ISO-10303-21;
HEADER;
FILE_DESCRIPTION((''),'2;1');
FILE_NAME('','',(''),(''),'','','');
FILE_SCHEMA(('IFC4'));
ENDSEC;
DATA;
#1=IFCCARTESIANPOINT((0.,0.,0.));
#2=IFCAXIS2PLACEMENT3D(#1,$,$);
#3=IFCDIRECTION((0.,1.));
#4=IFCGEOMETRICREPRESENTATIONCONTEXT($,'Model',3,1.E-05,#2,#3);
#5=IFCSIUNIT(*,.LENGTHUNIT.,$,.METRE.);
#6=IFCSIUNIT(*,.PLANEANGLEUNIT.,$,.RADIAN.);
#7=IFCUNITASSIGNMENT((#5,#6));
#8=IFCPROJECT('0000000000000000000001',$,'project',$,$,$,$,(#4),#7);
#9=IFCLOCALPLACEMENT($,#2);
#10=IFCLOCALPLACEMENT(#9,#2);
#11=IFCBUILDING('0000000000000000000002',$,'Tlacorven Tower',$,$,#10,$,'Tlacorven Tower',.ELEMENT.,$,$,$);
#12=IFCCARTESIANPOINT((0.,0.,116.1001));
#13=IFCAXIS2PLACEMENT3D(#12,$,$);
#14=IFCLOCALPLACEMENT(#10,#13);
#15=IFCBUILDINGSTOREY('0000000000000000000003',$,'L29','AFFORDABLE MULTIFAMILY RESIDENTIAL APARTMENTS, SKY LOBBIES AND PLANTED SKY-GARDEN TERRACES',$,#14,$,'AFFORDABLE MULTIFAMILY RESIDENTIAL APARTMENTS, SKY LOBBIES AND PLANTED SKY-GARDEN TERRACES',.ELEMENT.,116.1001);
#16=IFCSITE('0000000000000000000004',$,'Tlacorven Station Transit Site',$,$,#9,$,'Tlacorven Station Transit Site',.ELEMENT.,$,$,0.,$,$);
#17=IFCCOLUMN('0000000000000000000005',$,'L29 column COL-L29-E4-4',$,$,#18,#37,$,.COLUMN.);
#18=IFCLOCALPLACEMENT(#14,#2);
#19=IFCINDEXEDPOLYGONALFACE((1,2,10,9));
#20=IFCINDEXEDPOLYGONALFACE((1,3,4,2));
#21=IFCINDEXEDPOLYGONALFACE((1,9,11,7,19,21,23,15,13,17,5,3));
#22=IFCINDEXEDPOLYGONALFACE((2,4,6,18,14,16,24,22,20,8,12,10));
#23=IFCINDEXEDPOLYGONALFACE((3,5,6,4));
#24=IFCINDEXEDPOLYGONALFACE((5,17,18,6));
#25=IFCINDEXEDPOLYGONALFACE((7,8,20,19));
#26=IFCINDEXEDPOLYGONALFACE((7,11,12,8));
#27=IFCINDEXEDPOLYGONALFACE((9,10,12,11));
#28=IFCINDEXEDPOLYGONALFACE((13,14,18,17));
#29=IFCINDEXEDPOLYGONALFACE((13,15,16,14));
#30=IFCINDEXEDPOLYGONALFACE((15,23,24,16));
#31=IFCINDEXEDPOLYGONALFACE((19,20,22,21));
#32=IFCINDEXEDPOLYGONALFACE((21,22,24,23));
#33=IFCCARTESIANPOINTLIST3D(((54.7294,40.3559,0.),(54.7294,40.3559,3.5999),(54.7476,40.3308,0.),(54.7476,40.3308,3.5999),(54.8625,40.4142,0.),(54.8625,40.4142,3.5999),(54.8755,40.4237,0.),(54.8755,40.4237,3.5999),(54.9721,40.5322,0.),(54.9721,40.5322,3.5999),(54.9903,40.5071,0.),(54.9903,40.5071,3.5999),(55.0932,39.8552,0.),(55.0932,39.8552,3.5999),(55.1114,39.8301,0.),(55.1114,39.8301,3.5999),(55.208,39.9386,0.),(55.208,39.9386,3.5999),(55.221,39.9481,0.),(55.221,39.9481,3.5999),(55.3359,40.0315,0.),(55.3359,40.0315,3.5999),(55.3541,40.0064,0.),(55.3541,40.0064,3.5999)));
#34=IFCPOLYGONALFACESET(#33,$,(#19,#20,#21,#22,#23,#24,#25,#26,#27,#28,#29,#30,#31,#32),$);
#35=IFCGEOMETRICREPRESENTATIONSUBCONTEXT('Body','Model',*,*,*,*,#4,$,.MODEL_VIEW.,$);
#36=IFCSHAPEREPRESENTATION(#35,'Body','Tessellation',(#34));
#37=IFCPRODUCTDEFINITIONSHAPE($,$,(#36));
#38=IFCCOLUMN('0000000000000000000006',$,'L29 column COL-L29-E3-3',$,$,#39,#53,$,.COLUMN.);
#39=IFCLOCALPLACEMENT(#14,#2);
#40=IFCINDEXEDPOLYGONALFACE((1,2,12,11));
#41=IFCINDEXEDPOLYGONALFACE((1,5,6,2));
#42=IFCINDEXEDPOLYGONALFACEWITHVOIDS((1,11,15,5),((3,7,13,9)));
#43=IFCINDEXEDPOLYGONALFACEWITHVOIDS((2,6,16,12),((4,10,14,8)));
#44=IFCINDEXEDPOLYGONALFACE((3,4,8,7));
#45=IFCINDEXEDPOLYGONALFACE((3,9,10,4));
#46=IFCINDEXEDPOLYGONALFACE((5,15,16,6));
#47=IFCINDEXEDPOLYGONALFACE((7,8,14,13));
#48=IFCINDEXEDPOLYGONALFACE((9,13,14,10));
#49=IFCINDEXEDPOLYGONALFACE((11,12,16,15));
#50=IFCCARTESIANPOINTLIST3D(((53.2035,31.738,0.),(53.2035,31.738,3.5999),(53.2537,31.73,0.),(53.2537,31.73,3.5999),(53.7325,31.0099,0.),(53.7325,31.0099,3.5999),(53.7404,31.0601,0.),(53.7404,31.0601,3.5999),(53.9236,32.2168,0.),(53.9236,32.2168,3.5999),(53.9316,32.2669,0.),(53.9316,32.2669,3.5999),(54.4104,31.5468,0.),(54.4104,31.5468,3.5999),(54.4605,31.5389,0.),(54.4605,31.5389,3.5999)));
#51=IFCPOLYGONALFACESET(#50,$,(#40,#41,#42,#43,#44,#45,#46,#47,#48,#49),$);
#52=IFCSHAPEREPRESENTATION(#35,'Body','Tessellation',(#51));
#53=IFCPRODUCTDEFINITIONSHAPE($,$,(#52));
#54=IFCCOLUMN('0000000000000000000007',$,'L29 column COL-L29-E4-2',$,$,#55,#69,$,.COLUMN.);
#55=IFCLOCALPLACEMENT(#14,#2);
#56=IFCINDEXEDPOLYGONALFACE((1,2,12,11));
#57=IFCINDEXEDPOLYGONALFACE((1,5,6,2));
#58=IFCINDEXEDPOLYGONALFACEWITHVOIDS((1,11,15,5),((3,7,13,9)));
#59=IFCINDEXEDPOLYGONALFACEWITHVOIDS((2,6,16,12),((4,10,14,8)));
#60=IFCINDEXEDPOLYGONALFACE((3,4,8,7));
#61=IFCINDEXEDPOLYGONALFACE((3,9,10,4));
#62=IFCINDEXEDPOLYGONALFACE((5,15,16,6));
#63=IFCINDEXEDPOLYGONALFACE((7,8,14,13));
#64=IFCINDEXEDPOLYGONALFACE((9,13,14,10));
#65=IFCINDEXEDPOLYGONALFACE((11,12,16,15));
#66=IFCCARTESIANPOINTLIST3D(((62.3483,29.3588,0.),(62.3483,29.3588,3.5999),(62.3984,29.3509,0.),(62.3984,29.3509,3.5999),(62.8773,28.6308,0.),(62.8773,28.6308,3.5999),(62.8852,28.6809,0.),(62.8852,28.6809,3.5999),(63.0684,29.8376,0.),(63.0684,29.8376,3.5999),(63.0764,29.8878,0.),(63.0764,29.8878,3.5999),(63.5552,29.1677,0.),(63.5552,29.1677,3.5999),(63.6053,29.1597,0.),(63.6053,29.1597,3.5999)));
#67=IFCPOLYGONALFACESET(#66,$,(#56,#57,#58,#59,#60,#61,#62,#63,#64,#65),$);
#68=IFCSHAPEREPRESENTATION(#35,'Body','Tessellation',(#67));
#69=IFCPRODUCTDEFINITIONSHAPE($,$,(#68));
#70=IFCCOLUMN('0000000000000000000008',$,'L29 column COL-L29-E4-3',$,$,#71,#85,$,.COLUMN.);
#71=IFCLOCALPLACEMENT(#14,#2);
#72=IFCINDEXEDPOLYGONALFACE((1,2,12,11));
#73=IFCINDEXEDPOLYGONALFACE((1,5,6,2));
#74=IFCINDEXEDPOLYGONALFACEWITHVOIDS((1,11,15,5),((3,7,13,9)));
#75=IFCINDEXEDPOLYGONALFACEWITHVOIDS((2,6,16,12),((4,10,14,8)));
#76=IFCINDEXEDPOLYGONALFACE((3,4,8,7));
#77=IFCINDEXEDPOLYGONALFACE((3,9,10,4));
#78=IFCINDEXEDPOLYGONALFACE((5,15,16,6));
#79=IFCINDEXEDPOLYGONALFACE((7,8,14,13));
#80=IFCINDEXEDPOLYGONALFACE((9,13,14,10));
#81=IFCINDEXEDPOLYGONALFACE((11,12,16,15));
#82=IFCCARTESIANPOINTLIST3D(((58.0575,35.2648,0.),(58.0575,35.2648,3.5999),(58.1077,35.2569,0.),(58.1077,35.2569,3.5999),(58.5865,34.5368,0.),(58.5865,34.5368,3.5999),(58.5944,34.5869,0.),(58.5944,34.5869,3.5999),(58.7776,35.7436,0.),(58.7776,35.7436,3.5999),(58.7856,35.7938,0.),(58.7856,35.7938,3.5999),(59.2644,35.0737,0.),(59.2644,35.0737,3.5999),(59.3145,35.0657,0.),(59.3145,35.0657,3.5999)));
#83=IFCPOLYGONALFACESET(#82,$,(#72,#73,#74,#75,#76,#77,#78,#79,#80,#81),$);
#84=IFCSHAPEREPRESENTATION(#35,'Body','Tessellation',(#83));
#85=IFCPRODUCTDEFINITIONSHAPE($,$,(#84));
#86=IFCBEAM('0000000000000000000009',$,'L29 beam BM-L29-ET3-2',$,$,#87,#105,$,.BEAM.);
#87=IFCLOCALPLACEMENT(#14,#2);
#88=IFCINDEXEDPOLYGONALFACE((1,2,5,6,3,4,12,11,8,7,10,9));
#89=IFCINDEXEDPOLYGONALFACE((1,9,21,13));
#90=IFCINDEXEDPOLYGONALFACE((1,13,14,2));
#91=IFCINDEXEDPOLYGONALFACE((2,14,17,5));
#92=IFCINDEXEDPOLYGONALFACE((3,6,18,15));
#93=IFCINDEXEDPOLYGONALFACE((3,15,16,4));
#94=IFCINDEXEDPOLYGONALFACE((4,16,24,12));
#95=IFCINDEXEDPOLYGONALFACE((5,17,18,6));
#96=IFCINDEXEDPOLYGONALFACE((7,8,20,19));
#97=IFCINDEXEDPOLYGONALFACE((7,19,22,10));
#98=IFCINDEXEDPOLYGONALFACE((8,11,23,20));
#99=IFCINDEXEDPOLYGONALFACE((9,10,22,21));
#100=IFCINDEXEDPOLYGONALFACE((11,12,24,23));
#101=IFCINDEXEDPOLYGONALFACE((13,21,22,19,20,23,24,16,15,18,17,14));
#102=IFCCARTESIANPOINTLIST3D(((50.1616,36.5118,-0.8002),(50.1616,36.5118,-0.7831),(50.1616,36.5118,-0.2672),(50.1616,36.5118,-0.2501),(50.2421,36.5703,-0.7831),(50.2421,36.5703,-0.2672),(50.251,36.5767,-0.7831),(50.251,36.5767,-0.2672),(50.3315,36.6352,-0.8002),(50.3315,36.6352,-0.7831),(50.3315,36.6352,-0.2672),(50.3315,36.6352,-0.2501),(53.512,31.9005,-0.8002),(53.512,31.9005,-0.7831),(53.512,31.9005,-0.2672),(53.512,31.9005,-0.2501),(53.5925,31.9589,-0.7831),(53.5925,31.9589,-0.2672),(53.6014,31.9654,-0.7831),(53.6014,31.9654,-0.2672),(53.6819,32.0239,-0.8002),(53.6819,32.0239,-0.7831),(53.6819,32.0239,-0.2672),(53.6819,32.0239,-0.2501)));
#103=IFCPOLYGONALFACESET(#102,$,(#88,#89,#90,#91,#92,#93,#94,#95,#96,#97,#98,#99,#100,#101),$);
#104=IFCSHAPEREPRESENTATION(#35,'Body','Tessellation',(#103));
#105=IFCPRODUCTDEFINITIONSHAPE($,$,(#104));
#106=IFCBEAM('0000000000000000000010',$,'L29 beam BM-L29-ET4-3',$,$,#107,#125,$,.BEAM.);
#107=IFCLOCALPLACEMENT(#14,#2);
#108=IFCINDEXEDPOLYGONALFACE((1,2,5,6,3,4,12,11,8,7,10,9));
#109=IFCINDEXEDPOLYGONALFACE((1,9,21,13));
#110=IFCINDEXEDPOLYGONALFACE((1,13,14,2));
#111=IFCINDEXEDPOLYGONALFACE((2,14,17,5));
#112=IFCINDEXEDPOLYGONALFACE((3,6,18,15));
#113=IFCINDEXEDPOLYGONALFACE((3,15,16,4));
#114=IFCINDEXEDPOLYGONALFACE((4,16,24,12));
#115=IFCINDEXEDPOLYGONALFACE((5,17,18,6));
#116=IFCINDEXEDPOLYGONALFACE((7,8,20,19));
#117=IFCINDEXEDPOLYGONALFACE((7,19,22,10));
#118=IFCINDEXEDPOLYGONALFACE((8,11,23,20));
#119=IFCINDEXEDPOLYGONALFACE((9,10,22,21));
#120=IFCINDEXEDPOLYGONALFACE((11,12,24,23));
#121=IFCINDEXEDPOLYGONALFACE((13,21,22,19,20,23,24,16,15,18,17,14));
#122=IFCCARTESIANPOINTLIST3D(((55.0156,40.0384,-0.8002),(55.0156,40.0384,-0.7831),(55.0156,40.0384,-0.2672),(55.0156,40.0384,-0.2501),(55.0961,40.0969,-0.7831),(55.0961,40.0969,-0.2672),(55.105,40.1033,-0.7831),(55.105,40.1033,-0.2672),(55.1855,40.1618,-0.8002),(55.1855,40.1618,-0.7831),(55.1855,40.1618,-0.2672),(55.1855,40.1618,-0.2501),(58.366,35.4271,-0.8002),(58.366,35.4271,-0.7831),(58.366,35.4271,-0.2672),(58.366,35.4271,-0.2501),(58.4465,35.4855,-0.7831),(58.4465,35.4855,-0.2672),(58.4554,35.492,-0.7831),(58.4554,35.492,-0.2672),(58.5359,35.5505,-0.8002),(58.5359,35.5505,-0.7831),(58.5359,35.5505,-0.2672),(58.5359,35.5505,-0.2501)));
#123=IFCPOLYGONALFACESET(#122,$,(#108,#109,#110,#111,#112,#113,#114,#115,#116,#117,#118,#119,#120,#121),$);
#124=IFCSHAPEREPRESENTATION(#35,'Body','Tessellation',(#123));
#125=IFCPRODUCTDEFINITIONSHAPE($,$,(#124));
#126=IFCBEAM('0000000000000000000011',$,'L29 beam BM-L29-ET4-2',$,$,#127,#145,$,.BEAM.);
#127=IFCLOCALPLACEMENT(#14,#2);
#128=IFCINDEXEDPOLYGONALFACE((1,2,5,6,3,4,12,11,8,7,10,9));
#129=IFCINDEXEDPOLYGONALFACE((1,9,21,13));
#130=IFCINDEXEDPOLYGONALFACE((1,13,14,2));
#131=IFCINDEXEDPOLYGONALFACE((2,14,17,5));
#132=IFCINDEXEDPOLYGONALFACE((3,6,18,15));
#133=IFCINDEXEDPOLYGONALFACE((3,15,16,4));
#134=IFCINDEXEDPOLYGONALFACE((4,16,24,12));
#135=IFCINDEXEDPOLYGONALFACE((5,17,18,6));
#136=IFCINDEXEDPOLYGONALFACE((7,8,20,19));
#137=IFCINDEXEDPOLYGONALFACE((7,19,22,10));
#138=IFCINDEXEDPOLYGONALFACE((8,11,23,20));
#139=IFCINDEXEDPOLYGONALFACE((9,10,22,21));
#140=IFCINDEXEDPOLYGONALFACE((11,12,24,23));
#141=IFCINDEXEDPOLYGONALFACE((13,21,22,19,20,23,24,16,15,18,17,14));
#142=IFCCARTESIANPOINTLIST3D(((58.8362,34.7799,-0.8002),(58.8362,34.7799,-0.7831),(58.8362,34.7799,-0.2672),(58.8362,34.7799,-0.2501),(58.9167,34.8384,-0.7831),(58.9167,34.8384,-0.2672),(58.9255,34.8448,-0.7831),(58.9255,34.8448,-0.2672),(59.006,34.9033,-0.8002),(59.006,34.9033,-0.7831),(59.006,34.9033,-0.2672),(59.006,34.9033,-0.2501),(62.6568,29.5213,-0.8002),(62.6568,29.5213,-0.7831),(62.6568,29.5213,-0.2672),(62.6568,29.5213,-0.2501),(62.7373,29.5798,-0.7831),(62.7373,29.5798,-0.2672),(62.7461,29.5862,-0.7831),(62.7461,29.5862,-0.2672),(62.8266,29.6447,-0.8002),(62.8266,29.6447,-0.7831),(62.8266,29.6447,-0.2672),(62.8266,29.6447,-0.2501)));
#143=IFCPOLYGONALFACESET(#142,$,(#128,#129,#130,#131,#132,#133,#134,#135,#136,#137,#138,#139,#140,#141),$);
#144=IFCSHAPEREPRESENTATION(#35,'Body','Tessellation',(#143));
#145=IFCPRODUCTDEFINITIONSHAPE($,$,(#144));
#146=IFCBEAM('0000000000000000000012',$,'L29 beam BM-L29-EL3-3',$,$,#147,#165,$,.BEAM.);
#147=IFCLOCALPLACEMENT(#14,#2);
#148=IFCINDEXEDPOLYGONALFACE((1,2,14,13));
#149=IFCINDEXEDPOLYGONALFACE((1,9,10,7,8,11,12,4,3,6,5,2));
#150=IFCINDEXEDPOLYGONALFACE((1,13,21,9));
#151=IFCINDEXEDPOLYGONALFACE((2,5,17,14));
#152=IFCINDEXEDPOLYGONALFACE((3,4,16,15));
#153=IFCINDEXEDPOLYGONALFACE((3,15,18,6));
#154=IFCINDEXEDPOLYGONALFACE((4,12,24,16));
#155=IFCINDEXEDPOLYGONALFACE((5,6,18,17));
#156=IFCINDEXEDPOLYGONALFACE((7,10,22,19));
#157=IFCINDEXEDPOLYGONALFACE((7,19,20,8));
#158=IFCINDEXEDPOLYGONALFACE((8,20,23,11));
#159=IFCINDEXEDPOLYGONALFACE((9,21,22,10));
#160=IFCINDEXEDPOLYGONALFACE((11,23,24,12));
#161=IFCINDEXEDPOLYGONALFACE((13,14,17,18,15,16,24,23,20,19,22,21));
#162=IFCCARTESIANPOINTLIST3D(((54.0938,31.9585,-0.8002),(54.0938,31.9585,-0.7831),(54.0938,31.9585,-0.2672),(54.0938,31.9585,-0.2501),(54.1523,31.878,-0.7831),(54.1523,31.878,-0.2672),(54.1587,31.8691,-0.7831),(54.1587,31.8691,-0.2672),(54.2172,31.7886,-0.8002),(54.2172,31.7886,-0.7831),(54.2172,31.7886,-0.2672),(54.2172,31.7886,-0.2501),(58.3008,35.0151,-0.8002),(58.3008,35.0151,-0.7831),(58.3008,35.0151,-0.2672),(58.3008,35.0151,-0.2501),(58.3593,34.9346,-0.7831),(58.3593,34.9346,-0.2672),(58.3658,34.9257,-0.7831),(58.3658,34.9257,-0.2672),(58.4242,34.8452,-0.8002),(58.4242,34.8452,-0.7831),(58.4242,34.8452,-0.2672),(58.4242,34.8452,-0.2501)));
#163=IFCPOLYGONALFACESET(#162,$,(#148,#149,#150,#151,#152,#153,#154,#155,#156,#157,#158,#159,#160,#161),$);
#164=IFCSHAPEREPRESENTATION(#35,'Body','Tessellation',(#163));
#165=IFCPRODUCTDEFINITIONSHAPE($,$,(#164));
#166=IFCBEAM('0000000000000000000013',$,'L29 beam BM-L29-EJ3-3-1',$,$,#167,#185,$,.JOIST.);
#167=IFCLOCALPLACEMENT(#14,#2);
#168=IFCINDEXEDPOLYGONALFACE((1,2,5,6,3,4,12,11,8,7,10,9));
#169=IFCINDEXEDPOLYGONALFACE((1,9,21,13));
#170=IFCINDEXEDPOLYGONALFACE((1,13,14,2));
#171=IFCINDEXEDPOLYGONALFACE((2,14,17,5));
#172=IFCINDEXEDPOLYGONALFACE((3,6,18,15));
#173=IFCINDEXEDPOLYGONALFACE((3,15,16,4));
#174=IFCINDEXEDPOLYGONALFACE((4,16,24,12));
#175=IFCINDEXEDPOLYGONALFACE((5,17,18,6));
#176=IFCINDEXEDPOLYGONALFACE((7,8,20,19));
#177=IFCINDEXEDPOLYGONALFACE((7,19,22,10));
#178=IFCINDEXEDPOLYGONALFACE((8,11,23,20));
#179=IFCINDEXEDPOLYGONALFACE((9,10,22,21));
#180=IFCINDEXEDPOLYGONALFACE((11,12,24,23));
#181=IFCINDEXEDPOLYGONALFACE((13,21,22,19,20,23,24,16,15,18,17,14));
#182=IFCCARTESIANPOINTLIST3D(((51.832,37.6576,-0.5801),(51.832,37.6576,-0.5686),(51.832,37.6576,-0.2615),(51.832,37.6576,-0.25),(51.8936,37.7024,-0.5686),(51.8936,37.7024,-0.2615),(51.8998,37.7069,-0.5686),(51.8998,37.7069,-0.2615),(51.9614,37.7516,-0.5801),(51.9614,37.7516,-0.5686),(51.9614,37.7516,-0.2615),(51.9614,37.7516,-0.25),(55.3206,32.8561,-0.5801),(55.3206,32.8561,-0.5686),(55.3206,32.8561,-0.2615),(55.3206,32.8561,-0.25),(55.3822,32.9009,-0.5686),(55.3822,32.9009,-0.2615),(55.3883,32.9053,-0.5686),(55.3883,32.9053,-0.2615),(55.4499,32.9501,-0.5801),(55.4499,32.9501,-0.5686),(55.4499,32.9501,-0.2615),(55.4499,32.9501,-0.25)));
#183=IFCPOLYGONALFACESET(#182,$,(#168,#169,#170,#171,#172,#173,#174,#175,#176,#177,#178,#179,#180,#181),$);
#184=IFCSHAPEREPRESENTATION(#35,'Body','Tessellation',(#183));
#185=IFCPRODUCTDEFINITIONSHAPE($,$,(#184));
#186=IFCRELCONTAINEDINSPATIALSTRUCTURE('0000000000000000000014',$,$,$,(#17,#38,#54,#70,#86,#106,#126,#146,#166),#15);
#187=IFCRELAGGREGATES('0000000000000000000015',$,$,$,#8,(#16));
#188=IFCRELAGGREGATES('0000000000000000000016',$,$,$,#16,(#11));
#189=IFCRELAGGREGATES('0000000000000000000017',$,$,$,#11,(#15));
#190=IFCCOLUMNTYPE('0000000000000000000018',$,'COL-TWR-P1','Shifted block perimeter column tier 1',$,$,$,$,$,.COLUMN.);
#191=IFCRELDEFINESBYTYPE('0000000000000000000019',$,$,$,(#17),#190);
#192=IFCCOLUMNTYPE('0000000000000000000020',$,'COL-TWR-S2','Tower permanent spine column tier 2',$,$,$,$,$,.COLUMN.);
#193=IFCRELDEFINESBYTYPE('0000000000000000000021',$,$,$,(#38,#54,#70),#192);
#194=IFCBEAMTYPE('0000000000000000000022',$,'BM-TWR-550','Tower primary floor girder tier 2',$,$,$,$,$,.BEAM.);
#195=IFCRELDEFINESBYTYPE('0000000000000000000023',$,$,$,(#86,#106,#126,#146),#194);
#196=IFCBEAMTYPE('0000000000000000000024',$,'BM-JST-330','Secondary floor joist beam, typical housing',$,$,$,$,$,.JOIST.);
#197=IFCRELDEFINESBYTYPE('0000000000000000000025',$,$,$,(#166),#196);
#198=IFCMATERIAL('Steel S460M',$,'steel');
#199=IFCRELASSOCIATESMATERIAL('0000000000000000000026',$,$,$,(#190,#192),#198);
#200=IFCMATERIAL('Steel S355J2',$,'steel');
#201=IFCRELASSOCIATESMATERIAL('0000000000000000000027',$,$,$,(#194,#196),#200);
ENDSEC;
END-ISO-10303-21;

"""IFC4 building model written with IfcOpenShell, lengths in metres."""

from ifc_helpers import new_model, si_unit, direction, frame, origin, origin_2d, place, context, subcontext, project, spatial, hollow_rectangle, i_section, extrude, source, transform, mapped, material, material_profile, profile_set, type_object, element, save


model = new_model("IFC4")

# Units and contexts
model_context = context("Model", 3, precision=1e-05, world=origin(), true_north=direction((0.0, 1.0)))
body_context = subcontext(model_context, "Body", "Model", "MODEL_VIEW")
ifc_project = project(units=[si_unit("LENGTHUNIT", "METRE"), si_unit("PLANEANGLEUNIT", "RADIAN")], contexts=[model_context])

# Site, building, storey
site_placement = place(None, origin())
site = spatial("IfcSite", under=ifc_project, at=site_placement, Name="Tlacorven Station Transit Site", LongName="Tlacorven Station Transit Site", CompositionType="ELEMENT", RefElevation=0.0)
building_placement = place(site_placement, origin())
building = spatial("IfcBuilding", under=site, at=building_placement, Name="Tlacorven Tower", LongName="Tlacorven Tower", CompositionType="ELEMENT")
storey_placement = place(building_placement, frame((0.0, 0.0, 116.1001)))
storey = spatial("IfcBuildingStorey", under=building, at=storey_placement, Name="L29", Description="AFFORDABLE MULTIFAMILY RESIDENTIAL APARTMENTS, SKY LOBBIES AND PLANTED SKY-GARDEN TERRACES", LongName="AFFORDABLE MULTIFAMILY RESIDENTIAL APARTMENTS, SKY LOBBIES AND PLANTED SKY-GARDEN TERRACES", CompositionType="ELEMENT", Elevation=116.1001)

# Columns
ifc_material_1 = material(Name="Steel S460M", Category="steel")
ifc_material_profile_1 = material_profile(ifc_material_1, i_section(OverallWidth=0.3, OverallDepth=0.6499, WebThickness=0.0161, FlangeThickness=0.031, at=origin_2d()), Name="HEB 650")
ifc_profile_set_1 = profile_set([ifc_material_profile_1], Name="Steel S460M")
column_type_1 = type_object("IfcColumnType", Name="COL-TWR-P1", Description="Shifted block perimeter column tier 1", PredefinedType="COLUMN", material=ifc_profile_set_1)
shared_shape_1 = source(origin(), body_context, "Body", "SweptSolid", [
    extrude(i_section(OverallWidth=0.3, OverallDepth=0.6499, WebThickness=0.0161, FlangeThickness=0.031, at=origin_2d()), origin(), (0.0, 0.0, 1.0), 3.5999),
])
column_placement = place(storey_placement, frame((55.0417, 40.1812, 0.0), z_axis=(0.0, 0.0, 1.0), x_axis=(0.809017, 0.587785, 0.0)))
element("IfcColumn", 1, at=column_placement, inside=storey, type_object=column_type_1, Name="L29 column COL-L29-E4-4", PredefinedType="COLUMN", context=body_context, shape_type="MappedRepresentation", body=[
    mapped(shared_shape_1, transform((0.0, 0.0, 0.0), scale=1.0)),
])
ifc_material_profile_2 = material_profile(ifc_material_1, hollow_rectangle(XDim=0.8999, YDim=0.8999, WallThickness=0.0359, at=origin_2d()), Name="BOX 900X900X36")
ifc_profile_set_2 = profile_set([ifc_material_profile_2], Name="Steel S460M")
column_type_2 = type_object("IfcColumnType", Name="COL-TWR-S2", Description="Tower permanent spine column tier 2", PredefinedType="COLUMN", material=ifc_profile_set_2)
shared_shape_2 = source(origin(), body_context, "Body", "SweptSolid", [
    extrude(hollow_rectangle(XDim=0.8999, YDim=0.8999, WallThickness=0.0359, at=origin_2d()), origin(), (0.0, 0.0, 1.0), 3.5999),
])
for number, where, z_axis, x_axis, name in (
    (2, (53.832, 31.6384, 0.0), (0.0, 0.0, 1.0), (0.809017, 0.587785, 0.0), "L29 column COL-L29-E3-3"),
    (3, (62.9768, 29.2593, 0.0), (0.0, 0.0, 1.0), (0.809017, 0.587785, 0.0), "L29 column COL-L29-E4-2"),
    (4, (58.686, 35.1653, 0.0), (0.0, 0.0, 1.0), (0.809017, 0.587785, 0.0), "L29 column COL-L29-E4-3"),
):
    element("IfcColumn", number, at=place(storey_placement, frame(where, z_axis=z_axis, x_axis=x_axis)), inside=storey, type_object=column_type_2, Name=name, PredefinedType="COLUMN", context=body_context, shape_type="MappedRepresentation", body=[
        mapped(shared_shape_2, transform((0.0, 0.0, 0.0), scale=1.0)),
    ])

# Beams
ifc_material_2 = material(Name="Steel S355J2", Category="steel")
ifc_material_profile_3 = material_profile(ifc_material_2, i_section(OverallWidth=0.21, OverallDepth=0.55, WebThickness=0.011, FlangeThickness=0.0171, at=origin_2d()), Name="IPE 550")
ifc_profile_set_3 = profile_set([ifc_material_profile_3], Name="Steel S355J2")
beam_type_1 = type_object("IfcBeamType", Name="BM-TWR-550", Description="Tower primary floor girder tier 2", PredefinedType="BEAM", material=ifc_profile_set_3)
shared_shape_3 = source(origin(), body_context, "Body", "SweptSolid", [
    extrude(i_section(OverallWidth=0.21, OverallDepth=0.55, WebThickness=0.011, FlangeThickness=0.0171, at=origin_2d()), origin(), (0.0, 0.0, 1.0), 5.7),
])
for number, where, z_axis, x_axis, name in (
    (5, (53.5969, 31.9622, -0.5251), (-0.587787, 0.809016, 0.0), (-0.809016, -0.587787, 0.0), "L29 beam BM-L29-ET3-2"),
    (6, (58.4509, 35.4888, -0.5251), (-0.587787, 0.809016, 0.0), (-0.809016, -0.587787, 0.0), "L29 beam BM-L29-ET4-3"),
):
    element("IfcBeam", number, at=place(storey_placement, frame(where, z_axis=z_axis, x_axis=x_axis)), inside=storey, type_object=beam_type_1, Name=name, PredefinedType="BEAM", context=body_context, shape_type="MappedRepresentation", body=[
        mapped(shared_shape_3, transform((0.0, 0.0, 0.0), scale=1.0)),
    ])
shared_shape_4 = source(origin(), body_context, "Body", "SweptSolid", [
    extrude(i_section(OverallWidth=0.21, OverallDepth=0.55, WebThickness=0.011, FlangeThickness=0.0171, at=origin_2d()), origin(), (0.0, 0.0, 1.0), 6.5),
])
beam_1_placement = place(storey_placement, frame((62.7417, 29.583, -0.5251), z_axis=(-0.587785, 0.809017, 0.0), x_axis=(-0.809017, -0.587785, 0.0)))
element("IfcBeam", 7, at=beam_1_placement, inside=storey, type_object=beam_type_1, Name="L29 beam BM-L29-ET4-2", PredefinedType="BEAM", context=body_context, shape_type="MappedRepresentation", body=[
    mapped(shared_shape_4, transform((0.0, 0.0, 0.0), scale=1.0)),
])
shared_shape_5 = source(origin(), body_context, "Body", "SweptSolid", [
    extrude(i_section(OverallWidth=0.21, OverallDepth=0.55, WebThickness=0.011, FlangeThickness=0.0171, at=origin_2d()), origin(), (0.0, 0.0, 1.0), 5.2002),
])
beam_2_placement = place(storey_placement, frame((54.1555, 31.8735, -0.5251), z_axis=(0.809012, 0.587792, 0.0), x_axis=(-0.587792, 0.809012, 0.0)))
element("IfcBeam", 8, at=beam_2_placement, inside=storey, type_object=beam_type_1, Name="L29 beam BM-L29-EL3-3", PredefinedType="BEAM", context=body_context, shape_type="MappedRepresentation", body=[
    mapped(shared_shape_5, transform((0.0, 0.0, 0.0), scale=1.0)),
])
ifc_material_profile_4 = material_profile(ifc_material_2, i_section(OverallWidth=0.1599, OverallDepth=0.3301, WebThickness=0.0076, FlangeThickness=0.0115, at=origin_2d()), Name="IPE 330")
ifc_profile_set_4 = profile_set([ifc_material_profile_4], Name="Steel S355J2")
beam_type_2 = type_object("IfcBeamType", Name="BM-JST-330", Description="Secondary floor joist beam, typical housing", PredefinedType="JOIST", material=ifc_profile_set_4)
shared_shape_6 = source(origin(), body_context, "Body", "SweptSolid", [
    extrude(i_section(OverallWidth=0.1599, OverallDepth=0.3301, WebThickness=0.0076, FlangeThickness=0.0115, at=origin_2d()), origin(), (0.0, 0.0, 1.0), 5.9351),
])
for number, where, z_axis, x_axis, name in (
    (9, (55.3853, 32.9031, -0.415), (-0.587788, 0.809015, 0.0), (-0.809015, -0.587788, 0.0), "L29 beam BM-L29-EJ3-3-1"),
):
    element("IfcBeam", number, at=place(storey_placement, frame(where, z_axis=z_axis, x_axis=x_axis)), inside=storey, type_object=beam_type_2, Name=name, PredefinedType="JOIST", context=body_context, shape_type="MappedRepresentation", body=[
        mapped(shared_shape_6, transform((0.0, 0.0, 0.0), scale=1.0)),
    ])

save(model, "model.ifc")
